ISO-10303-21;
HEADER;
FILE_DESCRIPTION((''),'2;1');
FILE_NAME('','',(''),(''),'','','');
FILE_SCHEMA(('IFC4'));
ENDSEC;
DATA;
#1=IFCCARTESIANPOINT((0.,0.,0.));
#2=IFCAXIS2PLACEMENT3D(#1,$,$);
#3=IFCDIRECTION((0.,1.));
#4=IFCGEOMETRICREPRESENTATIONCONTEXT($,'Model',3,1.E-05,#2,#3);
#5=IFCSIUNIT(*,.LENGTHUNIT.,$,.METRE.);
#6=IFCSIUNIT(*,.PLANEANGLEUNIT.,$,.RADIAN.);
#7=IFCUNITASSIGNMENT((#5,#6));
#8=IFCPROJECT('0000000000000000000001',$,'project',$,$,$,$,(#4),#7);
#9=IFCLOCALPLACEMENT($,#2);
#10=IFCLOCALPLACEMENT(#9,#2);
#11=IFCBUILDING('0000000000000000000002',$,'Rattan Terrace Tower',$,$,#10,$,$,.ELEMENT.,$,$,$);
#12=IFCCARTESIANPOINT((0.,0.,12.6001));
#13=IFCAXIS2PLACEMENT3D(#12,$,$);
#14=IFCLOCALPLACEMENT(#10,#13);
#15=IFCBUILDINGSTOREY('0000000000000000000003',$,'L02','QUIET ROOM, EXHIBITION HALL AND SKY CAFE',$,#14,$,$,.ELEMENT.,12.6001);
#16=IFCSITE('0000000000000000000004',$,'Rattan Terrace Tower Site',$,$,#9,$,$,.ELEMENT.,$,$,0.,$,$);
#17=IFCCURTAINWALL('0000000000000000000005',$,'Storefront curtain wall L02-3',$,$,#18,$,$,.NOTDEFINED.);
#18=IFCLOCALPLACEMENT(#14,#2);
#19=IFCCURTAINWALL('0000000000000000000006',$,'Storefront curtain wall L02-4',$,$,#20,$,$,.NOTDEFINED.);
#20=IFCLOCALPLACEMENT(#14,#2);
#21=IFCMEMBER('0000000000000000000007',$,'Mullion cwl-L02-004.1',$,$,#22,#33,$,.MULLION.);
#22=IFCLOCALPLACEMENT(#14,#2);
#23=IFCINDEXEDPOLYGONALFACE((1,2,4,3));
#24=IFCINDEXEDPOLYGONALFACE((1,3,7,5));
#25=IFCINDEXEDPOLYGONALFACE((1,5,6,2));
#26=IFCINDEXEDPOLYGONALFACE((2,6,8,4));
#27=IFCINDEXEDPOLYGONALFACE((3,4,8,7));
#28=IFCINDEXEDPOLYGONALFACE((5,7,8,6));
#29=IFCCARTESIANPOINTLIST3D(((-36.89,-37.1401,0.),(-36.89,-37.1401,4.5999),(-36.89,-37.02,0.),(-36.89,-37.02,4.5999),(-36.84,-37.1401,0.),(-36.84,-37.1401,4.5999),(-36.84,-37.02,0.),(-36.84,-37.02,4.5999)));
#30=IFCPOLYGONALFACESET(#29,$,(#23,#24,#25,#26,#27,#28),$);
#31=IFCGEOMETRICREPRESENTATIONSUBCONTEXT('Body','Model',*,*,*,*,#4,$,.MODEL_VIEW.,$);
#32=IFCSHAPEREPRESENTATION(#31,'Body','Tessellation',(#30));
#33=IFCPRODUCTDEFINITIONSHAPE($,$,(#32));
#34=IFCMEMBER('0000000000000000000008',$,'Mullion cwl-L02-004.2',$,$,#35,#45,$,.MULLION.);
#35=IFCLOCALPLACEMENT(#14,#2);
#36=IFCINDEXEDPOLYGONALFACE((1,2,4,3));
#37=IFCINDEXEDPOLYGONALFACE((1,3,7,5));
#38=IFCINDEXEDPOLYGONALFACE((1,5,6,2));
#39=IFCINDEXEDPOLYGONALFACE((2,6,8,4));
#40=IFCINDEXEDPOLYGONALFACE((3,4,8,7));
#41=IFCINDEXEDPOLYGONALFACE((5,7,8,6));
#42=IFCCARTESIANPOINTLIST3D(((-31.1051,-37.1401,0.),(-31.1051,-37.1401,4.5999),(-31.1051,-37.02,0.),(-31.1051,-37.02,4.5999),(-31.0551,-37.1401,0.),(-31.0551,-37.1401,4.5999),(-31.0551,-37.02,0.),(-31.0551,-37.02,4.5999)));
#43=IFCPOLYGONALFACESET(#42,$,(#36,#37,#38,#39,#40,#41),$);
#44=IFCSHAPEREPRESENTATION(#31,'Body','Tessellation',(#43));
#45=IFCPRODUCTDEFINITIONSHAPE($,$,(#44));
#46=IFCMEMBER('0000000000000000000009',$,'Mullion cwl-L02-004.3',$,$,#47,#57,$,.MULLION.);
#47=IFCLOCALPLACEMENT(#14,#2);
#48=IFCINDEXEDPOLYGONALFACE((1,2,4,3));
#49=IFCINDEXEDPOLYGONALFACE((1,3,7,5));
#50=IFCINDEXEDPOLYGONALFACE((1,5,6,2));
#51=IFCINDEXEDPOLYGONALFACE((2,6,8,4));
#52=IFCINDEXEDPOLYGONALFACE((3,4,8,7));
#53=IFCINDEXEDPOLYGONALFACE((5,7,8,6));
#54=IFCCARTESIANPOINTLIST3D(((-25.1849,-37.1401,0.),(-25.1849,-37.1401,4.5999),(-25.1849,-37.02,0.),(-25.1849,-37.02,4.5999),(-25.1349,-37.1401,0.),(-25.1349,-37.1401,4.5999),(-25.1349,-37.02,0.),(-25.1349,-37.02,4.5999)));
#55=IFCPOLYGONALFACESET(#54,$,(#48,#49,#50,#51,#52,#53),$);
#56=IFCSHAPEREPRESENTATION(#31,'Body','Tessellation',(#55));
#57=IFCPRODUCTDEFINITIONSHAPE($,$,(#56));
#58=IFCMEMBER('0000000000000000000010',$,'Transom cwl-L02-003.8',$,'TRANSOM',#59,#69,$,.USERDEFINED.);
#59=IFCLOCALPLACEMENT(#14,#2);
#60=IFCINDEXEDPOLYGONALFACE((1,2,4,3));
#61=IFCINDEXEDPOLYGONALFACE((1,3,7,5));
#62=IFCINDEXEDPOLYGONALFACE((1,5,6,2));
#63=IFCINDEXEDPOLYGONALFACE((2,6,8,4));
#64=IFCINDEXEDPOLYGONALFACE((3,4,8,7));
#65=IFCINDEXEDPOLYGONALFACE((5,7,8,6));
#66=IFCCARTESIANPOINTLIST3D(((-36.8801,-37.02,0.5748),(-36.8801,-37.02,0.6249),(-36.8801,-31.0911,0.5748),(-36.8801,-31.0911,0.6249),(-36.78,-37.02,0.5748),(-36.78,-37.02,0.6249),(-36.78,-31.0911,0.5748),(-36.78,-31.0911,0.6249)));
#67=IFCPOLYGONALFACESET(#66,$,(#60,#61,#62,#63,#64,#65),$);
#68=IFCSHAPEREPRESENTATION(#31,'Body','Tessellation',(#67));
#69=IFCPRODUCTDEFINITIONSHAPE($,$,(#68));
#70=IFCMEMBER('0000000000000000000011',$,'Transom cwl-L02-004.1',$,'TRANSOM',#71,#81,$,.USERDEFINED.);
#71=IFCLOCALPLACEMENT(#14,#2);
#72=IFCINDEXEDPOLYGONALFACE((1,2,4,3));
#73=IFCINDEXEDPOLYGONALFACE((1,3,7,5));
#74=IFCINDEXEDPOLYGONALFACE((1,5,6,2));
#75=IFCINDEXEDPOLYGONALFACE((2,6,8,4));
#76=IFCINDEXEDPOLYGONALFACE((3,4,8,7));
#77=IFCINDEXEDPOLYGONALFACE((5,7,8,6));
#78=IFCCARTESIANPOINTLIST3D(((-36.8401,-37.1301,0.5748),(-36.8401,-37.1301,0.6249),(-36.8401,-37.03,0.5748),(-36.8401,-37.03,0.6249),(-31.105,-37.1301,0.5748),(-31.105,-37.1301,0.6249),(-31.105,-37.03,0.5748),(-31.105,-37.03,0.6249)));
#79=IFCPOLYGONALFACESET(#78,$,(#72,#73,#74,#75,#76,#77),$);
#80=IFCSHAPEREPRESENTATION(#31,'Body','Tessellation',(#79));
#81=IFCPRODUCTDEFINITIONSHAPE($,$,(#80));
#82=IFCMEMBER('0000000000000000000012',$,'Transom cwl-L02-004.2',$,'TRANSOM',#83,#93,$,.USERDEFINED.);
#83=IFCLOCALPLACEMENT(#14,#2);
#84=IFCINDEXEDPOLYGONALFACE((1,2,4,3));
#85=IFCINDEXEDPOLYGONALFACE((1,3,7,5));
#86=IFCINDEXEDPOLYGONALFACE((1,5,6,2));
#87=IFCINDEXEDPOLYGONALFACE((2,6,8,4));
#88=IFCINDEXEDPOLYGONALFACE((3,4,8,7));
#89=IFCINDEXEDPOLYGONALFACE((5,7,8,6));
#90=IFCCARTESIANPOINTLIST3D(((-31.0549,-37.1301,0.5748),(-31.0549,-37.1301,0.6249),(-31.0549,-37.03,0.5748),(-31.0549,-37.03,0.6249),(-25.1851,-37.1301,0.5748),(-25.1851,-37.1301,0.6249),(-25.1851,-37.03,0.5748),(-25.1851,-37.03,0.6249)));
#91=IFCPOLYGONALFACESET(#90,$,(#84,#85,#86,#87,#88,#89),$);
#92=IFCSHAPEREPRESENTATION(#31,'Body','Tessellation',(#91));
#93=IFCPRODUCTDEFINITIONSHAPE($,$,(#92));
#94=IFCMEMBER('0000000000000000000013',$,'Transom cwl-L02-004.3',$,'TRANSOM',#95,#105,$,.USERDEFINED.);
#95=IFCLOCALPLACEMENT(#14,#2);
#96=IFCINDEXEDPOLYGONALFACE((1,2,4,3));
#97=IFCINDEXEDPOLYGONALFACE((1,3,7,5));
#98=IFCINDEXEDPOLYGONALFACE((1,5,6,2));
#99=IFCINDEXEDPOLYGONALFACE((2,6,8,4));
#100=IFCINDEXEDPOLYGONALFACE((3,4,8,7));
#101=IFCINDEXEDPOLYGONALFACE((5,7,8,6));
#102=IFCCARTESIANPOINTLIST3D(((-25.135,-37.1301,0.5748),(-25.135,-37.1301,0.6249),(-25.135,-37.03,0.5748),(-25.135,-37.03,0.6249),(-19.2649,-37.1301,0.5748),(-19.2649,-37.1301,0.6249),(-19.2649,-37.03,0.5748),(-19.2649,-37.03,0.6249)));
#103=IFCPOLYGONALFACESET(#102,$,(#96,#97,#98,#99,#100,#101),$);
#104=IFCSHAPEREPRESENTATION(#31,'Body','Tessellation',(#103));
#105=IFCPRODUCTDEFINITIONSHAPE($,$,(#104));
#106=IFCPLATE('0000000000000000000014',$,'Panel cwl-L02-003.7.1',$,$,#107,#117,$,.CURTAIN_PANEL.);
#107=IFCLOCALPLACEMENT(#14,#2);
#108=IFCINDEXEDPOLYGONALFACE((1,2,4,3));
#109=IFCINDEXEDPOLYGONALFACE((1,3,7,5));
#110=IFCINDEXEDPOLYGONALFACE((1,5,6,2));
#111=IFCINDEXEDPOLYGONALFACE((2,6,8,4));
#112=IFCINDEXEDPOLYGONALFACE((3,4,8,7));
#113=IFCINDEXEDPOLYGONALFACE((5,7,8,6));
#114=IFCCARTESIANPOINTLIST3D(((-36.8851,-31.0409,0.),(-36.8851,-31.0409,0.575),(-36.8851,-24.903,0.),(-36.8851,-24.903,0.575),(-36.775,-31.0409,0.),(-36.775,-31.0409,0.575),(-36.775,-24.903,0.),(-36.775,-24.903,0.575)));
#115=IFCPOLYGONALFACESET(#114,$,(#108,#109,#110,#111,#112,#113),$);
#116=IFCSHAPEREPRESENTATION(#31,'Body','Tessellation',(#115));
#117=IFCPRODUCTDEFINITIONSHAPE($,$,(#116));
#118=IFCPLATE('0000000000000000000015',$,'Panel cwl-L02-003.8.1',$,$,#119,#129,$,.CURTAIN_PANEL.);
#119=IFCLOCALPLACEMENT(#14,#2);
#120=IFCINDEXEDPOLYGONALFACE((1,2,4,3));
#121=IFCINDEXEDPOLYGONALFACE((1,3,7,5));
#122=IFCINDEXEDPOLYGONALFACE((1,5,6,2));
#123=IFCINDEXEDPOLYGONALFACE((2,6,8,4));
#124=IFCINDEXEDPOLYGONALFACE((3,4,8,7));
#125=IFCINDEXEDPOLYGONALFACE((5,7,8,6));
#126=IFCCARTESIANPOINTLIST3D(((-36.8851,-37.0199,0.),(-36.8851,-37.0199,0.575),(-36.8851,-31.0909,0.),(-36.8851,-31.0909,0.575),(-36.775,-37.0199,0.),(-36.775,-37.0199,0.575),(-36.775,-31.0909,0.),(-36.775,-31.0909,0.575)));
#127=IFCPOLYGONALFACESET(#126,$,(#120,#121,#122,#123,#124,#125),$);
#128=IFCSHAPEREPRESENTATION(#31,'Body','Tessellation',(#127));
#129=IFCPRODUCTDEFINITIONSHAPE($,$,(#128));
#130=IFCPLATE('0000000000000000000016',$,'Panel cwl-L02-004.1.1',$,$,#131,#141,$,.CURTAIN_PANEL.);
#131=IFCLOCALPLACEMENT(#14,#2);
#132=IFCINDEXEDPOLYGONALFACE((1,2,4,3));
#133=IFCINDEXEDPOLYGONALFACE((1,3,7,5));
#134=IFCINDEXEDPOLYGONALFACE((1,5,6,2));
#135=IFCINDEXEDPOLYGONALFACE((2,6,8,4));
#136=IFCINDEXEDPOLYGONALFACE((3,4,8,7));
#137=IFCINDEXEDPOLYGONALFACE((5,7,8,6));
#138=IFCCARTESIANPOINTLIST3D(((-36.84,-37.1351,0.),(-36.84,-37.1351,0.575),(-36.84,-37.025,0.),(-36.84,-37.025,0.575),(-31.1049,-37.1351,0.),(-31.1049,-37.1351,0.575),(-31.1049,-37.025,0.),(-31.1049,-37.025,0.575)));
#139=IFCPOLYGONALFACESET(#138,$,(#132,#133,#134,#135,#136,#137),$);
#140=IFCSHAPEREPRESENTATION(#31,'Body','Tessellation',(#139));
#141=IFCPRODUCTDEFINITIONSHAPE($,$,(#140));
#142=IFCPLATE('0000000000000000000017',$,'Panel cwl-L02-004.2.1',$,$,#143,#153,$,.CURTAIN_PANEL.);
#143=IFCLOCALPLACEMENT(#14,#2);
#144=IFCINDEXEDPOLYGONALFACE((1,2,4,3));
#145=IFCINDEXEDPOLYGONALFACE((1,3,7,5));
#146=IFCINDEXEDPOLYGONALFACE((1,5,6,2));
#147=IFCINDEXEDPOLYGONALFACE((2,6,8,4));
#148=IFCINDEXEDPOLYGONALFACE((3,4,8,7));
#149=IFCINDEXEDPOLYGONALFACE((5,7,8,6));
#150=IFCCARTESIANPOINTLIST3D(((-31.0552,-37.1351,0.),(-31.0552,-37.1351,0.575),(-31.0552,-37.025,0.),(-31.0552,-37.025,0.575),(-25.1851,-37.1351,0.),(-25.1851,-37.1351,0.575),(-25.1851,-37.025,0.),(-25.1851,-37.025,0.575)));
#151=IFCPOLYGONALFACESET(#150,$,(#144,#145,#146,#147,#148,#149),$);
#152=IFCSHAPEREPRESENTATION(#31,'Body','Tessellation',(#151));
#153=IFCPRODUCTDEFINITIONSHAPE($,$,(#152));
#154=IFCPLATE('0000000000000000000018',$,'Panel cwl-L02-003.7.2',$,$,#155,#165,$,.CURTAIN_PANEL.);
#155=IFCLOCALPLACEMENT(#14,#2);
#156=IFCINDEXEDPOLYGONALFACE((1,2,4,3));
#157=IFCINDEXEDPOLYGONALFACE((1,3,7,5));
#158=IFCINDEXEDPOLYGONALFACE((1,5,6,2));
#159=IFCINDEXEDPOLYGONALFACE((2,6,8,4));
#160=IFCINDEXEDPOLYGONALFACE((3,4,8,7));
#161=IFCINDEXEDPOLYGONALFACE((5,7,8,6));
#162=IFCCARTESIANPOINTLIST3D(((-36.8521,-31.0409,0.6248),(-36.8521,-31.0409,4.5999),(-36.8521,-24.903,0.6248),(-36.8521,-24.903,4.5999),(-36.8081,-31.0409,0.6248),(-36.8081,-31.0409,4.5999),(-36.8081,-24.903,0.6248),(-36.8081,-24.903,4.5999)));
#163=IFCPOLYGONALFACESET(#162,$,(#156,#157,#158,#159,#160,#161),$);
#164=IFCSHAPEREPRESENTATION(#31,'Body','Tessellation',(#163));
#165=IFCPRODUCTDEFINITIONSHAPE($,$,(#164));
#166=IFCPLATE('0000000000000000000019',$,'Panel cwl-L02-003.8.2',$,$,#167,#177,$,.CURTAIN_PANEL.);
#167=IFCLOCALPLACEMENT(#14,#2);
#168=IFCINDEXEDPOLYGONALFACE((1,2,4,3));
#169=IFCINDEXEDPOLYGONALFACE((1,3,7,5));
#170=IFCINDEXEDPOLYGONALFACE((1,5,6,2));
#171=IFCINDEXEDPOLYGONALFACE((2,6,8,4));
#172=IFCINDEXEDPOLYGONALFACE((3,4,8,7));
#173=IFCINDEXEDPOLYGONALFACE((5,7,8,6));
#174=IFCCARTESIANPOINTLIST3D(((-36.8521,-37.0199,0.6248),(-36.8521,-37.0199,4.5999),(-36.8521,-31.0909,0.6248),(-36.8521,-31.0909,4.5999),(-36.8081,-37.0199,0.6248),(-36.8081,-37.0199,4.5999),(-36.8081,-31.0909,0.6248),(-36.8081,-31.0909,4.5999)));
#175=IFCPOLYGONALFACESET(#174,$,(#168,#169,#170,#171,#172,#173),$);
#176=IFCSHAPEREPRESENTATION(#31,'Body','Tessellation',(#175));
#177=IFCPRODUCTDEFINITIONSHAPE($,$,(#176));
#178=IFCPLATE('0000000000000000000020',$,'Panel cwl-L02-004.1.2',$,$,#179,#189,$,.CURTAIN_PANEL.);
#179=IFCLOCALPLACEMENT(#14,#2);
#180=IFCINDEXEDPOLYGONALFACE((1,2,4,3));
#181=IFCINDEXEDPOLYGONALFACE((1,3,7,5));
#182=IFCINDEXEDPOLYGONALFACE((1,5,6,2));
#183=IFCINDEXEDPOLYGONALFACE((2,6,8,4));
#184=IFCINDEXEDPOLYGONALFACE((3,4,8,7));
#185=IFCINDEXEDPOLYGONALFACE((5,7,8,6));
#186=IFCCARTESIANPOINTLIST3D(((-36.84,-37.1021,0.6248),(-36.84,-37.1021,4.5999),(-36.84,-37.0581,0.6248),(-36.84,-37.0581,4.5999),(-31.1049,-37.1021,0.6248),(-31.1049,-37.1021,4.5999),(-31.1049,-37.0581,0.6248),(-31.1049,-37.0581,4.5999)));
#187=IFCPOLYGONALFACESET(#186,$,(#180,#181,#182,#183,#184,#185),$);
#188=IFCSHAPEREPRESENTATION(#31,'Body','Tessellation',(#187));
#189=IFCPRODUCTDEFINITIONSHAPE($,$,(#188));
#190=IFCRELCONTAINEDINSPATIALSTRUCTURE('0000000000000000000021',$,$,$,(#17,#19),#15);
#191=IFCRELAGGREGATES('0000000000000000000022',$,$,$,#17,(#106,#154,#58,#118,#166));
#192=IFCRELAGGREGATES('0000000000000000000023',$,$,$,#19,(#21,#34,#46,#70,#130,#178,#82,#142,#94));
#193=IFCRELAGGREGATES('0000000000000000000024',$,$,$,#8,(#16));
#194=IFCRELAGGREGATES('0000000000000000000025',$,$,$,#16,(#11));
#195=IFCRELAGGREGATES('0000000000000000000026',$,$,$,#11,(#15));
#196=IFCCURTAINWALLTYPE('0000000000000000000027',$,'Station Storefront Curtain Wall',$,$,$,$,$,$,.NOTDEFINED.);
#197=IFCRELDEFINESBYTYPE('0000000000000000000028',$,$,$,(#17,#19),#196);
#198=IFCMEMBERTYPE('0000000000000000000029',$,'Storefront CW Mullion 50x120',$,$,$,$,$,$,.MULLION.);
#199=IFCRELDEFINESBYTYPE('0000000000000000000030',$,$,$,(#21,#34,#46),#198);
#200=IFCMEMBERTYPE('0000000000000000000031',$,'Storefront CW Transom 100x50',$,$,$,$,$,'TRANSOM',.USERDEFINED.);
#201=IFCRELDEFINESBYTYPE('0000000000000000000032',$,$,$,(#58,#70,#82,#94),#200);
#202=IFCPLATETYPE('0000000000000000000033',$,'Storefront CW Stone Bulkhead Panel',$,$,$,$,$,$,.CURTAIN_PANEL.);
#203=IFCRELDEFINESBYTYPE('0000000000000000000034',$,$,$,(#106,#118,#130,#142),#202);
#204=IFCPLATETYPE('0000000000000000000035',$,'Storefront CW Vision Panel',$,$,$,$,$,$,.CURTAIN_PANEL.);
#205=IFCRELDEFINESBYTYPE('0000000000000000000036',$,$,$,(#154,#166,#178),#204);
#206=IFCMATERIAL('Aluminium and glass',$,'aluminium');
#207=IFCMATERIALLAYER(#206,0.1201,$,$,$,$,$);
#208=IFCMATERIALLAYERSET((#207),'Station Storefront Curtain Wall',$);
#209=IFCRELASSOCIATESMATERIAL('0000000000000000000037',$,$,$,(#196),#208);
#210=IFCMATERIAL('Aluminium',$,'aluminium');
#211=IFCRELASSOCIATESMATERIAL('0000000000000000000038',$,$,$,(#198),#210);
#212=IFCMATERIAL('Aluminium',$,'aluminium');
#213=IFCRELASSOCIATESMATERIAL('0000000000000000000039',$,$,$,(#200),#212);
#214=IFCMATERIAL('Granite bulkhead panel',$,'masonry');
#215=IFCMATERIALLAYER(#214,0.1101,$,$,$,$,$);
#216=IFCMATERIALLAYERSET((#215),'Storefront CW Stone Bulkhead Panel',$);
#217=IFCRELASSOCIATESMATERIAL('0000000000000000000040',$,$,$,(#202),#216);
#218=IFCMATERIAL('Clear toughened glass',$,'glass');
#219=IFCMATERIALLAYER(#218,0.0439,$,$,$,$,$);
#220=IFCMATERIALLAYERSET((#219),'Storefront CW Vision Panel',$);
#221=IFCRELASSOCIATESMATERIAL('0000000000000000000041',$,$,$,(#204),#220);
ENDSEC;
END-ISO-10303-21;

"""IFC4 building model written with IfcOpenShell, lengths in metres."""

from ifc_helpers import new_model, si_unit, direction, frame, origin, origin_2d, place, context, subcontext, project, spatial, rectangle, extrude, material, layer, layer_set, material_profile, profile_set, type_object, element, aggregate, save


model = new_model("IFC4")

# Units and contexts
model_context = context("Model", 3, precision=1e-05, world=origin(), true_north=direction((0.0, 1.0)))
body_context = subcontext(model_context, "Body", "Model", "MODEL_VIEW")
ifc_project = project(units=[si_unit("LENGTHUNIT", "METRE"), si_unit("PLANEANGLEUNIT", "RADIAN")], contexts=[model_context])

# Site, building, storey
site_placement = place(None, origin())
site = spatial("IfcSite", under=ifc_project, at=site_placement, Name="Rattan Terrace Tower Site", CompositionType="ELEMENT", RefElevation=0.0)
building_placement = place(site_placement, origin())
building = spatial("IfcBuilding", under=site, at=building_placement, Name="Rattan Terrace Tower", CompositionType="ELEMENT")
storey_placement = place(building_placement, frame((0.0, 0.0, 12.6001)))
storey = spatial("IfcBuildingStorey", under=building, at=storey_placement, Name="L02", Description="QUIET ROOM, EXHIBITION HALL AND SKY CAFE", CompositionType="ELEMENT", Elevation=12.6001)

# Curtain wall
ifc_material_1 = material(Name="Aluminium and glass", Category="aluminium")
ifc_layer_1 = layer(ifc_material_1, 0.1201)
ifc_layer_set_1 = layer_set([ifc_layer_1], Name="Station Storefront Curtain Wall")
curtain_wall_type = type_object("IfcCurtainWallType", Name="Station Storefront Curtain Wall", PredefinedType="NOTDEFINED", material=ifc_layer_set_1)
curtain_wall_1_placement = place(storey_placement, origin())
curtain_wall_1 = element("IfcCurtainWall", 1, at=curtain_wall_1_placement, inside=storey, type_object=curtain_wall_type, Name="Storefront curtain wall L02-3", PredefinedType="NOTDEFINED")
ifc_material_2 = material(Name="Aluminium", Category="aluminium")
ifc_material_profile_1 = material_profile(ifc_material_2, rectangle(XDim=0.05, YDim=0.1201, at=origin_2d()), Name="Aluminium 50x120")
ifc_profile_set_1 = profile_set([ifc_material_profile_1], Name="Aluminium")
member_type_1 = type_object("IfcMemberType", Name="Storefront CW Mullion 50x120", PredefinedType="MULLION", material=ifc_profile_set_1)

# Curtain wall, members
curtain_wall_2_placement = place(storey_placement, origin())
curtain_wall_2 = element("IfcCurtainWall", 2, at=curtain_wall_2_placement, inside=storey, type_object=curtain_wall_type, Name="Storefront curtain wall L02-4", PredefinedType="NOTDEFINED")
member_1_placement = place(storey_placement, frame((-36.865, -37.0801, 0.0), z_axis=(0.0, 0.0, 1.0), x_axis=(1.0, 0.0, 0.0)))
member_1 = element("IfcMember", 3, at=member_1_placement, type_object=member_type_1, Name="Mullion cwl-L02-004.1", PredefinedType="MULLION", context=body_context, shape_type="SweptSolid", body=[
    extrude(rectangle(XDim=0.05, YDim=0.1201, at=origin_2d()), origin(), (0.0, 0.0, 1.0), 4.5999),
])
member_2_placement = place(storey_placement, frame((-31.0801, -37.0801, 0.0), z_axis=(0.0, 0.0, 1.0), x_axis=(1.0, 0.0, 0.0)))
member_2 = element("IfcMember", 4, at=member_2_placement, type_object=member_type_1, Name="Mullion cwl-L02-004.2", PredefinedType="MULLION", context=body_context, shape_type="SweptSolid", body=[
    extrude(rectangle(XDim=0.05, YDim=0.1201, at=origin_2d()), origin(), (0.0, 0.0, 1.0), 4.5999),
])
member_3_placement = place(storey_placement, frame((-25.1599, -37.0801, 0.0), z_axis=(0.0, 0.0, 1.0), x_axis=(1.0, 0.0, 0.0)))
member_3 = element("IfcMember", 5, at=member_3_placement, type_object=member_type_1, Name="Mullion cwl-L02-004.3", PredefinedType="MULLION", context=body_context, shape_type="SweptSolid", body=[
    extrude(rectangle(XDim=0.05, YDim=0.1201, at=origin_2d()), origin(), (0.0, 0.0, 1.0), 4.5999),
])

# Members
ifc_material_3 = material(Name="Aluminium", Category="aluminium")
ifc_material_profile_2 = material_profile(ifc_material_3, rectangle(XDim=0.1001, YDim=0.05, at=origin_2d()), Name="Aluminium 100x50")
ifc_profile_set_2 = profile_set([ifc_material_profile_2], Name="Aluminium")
member_type_2 = type_object("IfcMemberType", Name="Storefront CW Transom 100x50", ElementType="TRANSOM", PredefinedType="USERDEFINED", material=ifc_profile_set_2)
member_4_placement = place(storey_placement, frame((-36.8301, -31.0911, 0.5999), z_axis=(0.0, -1.0, 0.0), x_axis=(1.0, 0.0, 0.0)))
member_4 = element("IfcMember", 6, at=member_4_placement, type_object=member_type_2, Name="Transom cwl-L02-003.8", ObjectType="TRANSOM", PredefinedType="USERDEFINED", context=body_context, shape_type="SweptSolid", body=[
    extrude(rectangle(XDim=0.1001, YDim=0.05, at=origin_2d()), origin(), (0.0, 0.0, 1.0), 5.929),
])
member_5_placement = place(storey_placement, frame((-36.8401, -37.0801, 0.5999), z_axis=(1.0, 0.0, 0.0), x_axis=(0.0, 1.0, 0.0)))
member_5 = element("IfcMember", 7, at=member_5_placement, type_object=member_type_2, Name="Transom cwl-L02-004.1", ObjectType="TRANSOM", PredefinedType="USERDEFINED", context=body_context, shape_type="SweptSolid", body=[
    extrude(rectangle(XDim=0.1001, YDim=0.05, at=origin_2d()), origin(), (0.0, 0.0, 1.0), 5.7351),
])
member_6_placement = place(storey_placement, frame((-31.0549, -37.0801, 0.5999), z_axis=(1.0, 0.0, 0.0), x_axis=(0.0, 1.0, 0.0)))
member_6 = element("IfcMember", 8, at=member_6_placement, type_object=member_type_2, Name="Transom cwl-L02-004.2", ObjectType="TRANSOM", PredefinedType="USERDEFINED", context=body_context, shape_type="SweptSolid", body=[
    extrude(rectangle(XDim=0.1001, YDim=0.05, at=origin_2d()), origin(), (0.0, 0.0, 1.0), 5.8699),
])
member_7_placement = place(storey_placement, frame((-25.135, -37.0801, 0.5999), z_axis=(1.0, 0.0, 0.0), x_axis=(0.0, 1.0, 0.0)))
member_7 = element("IfcMember", 9, at=member_7_placement, type_object=member_type_2, Name="Transom cwl-L02-004.3", ObjectType="TRANSOM", PredefinedType="USERDEFINED", context=body_context, shape_type="SweptSolid", body=[
    extrude(rectangle(XDim=0.1001, YDim=0.05, at=origin_2d()), origin(), (0.0, 0.0, 1.0), 5.8701),
])

# Plates
ifc_material_4 = material(Name="Granite bulkhead panel", Category="masonry")
ifc_layer_2 = layer(ifc_material_4, 0.1101)
ifc_layer_set_2 = layer_set([ifc_layer_2], Name="Storefront CW Stone Bulkhead Panel")
plate_type_1 = type_object("IfcPlateType", Name="Storefront CW Stone Bulkhead Panel", PredefinedType="CURTAIN_PANEL", material=ifc_layer_set_2)
plate_1_placement = place(storey_placement, frame((-36.8301, -27.9719, 0.0), z_axis=(0.0, 0.0, 1.0), x_axis=(0.0, -1.0, 0.0)))
plate_1 = element("IfcPlate", 10, at=plate_1_placement, type_object=plate_type_1, Name="Panel cwl-L02-003.7.1", PredefinedType="CURTAIN_PANEL", context=body_context, shape_type="SweptSolid", body=[
    extrude(rectangle(XDim=6.1379, YDim=0.1101, at=origin_2d()), origin(), (0.0, 0.0, 1.0), 0.575),
])
plate_2_placement = place(storey_placement, frame((-36.8301, -34.0554, 0.0), z_axis=(0.0, 0.0, 1.0), x_axis=(0.0, -1.0, 0.0)))
plate_2 = element("IfcPlate", 11, at=plate_2_placement, type_object=plate_type_1, Name="Panel cwl-L02-003.8.1", PredefinedType="CURTAIN_PANEL", context=body_context, shape_type="SweptSolid", body=[
    extrude(rectangle(XDim=5.929, YDim=0.1101, at=origin_2d()), origin(), (0.0, 0.0, 1.0), 0.575),
])
plate_3_placement = place(storey_placement, frame((-33.9724, -37.0801, 0.0), z_axis=(0.0, 0.0, 1.0), x_axis=(1.0, 0.0, 0.0)))
plate_3 = element("IfcPlate", 12, at=plate_3_placement, type_object=plate_type_1, Name="Panel cwl-L02-004.1.1", PredefinedType="CURTAIN_PANEL", context=body_context, shape_type="SweptSolid", body=[
    extrude(rectangle(XDim=5.7351, YDim=0.1101, at=origin_2d()), origin(), (0.0, 0.0, 1.0), 0.575),
])
plate_4_placement = place(storey_placement, frame((-28.1201, -37.0801, 0.0), z_axis=(0.0, 0.0, 1.0), x_axis=(1.0, 0.0, 0.0)))
plate_4 = element("IfcPlate", 13, at=plate_4_placement, type_object=plate_type_1, Name="Panel cwl-L02-004.2.1", PredefinedType="CURTAIN_PANEL", context=body_context, shape_type="SweptSolid", body=[
    extrude(rectangle(XDim=5.8701, YDim=0.1101, at=origin_2d()), origin(), (0.0, 0.0, 1.0), 0.575),
])
ifc_material_5 = material(Name="Clear toughened glass", Category="glass")
ifc_layer_3 = layer(ifc_material_5, 0.0439)
ifc_layer_set_3 = layer_set([ifc_layer_3], Name="Storefront CW Vision Panel")
plate_type_2 = type_object("IfcPlateType", Name="Storefront CW Vision Panel", PredefinedType="CURTAIN_PANEL", material=ifc_layer_set_3)
plate_5_placement = place(storey_placement, frame((-36.8301, -27.9719, 0.6248), z_axis=(0.0, 0.0, 1.0), x_axis=(0.0, -1.0, 0.0)))
plate_5 = element("IfcPlate", 14, at=plate_5_placement, type_object=plate_type_2, Name="Panel cwl-L02-003.7.2", PredefinedType="CURTAIN_PANEL", context=body_context, shape_type="SweptSolid", body=[
    extrude(rectangle(XDim=6.1379, YDim=0.0439, at=origin_2d()), origin(), (0.0, 0.0, 1.0), 3.9751),
])
plate_6_placement = place(storey_placement, frame((-36.8301, -34.0554, 0.6248), z_axis=(0.0, 0.0, 1.0), x_axis=(0.0, -1.0, 0.0)))
plate_6 = element("IfcPlate", 15, at=plate_6_placement, type_object=plate_type_2, Name="Panel cwl-L02-003.8.2", PredefinedType="CURTAIN_PANEL", context=body_context, shape_type="SweptSolid", body=[
    extrude(rectangle(XDim=5.929, YDim=0.0439, at=origin_2d()), origin(), (0.0, 0.0, 1.0), 3.9751),
])
aggregate(curtain_wall_1, [plate_1, plate_5, member_4, plate_2, plate_6])
plate_7_placement = place(storey_placement, frame((-33.9724, -37.0801, 0.6248), z_axis=(0.0, 0.0, 1.0), x_axis=(1.0, 0.0, 0.0)))
plate_7 = element("IfcPlate", 16, at=plate_7_placement, type_object=plate_type_2, Name="Panel cwl-L02-004.1.2", PredefinedType="CURTAIN_PANEL", context=body_context, shape_type="SweptSolid", body=[
    extrude(rectangle(XDim=5.7351, YDim=0.0439, at=origin_2d()), origin(), (0.0, 0.0, 1.0), 3.9751),
])
aggregate(curtain_wall_2, [member_1, member_2, member_3, member_5, plate_3, plate_7, member_6, plate_4, member_7])

save(model, "model.ifc")
